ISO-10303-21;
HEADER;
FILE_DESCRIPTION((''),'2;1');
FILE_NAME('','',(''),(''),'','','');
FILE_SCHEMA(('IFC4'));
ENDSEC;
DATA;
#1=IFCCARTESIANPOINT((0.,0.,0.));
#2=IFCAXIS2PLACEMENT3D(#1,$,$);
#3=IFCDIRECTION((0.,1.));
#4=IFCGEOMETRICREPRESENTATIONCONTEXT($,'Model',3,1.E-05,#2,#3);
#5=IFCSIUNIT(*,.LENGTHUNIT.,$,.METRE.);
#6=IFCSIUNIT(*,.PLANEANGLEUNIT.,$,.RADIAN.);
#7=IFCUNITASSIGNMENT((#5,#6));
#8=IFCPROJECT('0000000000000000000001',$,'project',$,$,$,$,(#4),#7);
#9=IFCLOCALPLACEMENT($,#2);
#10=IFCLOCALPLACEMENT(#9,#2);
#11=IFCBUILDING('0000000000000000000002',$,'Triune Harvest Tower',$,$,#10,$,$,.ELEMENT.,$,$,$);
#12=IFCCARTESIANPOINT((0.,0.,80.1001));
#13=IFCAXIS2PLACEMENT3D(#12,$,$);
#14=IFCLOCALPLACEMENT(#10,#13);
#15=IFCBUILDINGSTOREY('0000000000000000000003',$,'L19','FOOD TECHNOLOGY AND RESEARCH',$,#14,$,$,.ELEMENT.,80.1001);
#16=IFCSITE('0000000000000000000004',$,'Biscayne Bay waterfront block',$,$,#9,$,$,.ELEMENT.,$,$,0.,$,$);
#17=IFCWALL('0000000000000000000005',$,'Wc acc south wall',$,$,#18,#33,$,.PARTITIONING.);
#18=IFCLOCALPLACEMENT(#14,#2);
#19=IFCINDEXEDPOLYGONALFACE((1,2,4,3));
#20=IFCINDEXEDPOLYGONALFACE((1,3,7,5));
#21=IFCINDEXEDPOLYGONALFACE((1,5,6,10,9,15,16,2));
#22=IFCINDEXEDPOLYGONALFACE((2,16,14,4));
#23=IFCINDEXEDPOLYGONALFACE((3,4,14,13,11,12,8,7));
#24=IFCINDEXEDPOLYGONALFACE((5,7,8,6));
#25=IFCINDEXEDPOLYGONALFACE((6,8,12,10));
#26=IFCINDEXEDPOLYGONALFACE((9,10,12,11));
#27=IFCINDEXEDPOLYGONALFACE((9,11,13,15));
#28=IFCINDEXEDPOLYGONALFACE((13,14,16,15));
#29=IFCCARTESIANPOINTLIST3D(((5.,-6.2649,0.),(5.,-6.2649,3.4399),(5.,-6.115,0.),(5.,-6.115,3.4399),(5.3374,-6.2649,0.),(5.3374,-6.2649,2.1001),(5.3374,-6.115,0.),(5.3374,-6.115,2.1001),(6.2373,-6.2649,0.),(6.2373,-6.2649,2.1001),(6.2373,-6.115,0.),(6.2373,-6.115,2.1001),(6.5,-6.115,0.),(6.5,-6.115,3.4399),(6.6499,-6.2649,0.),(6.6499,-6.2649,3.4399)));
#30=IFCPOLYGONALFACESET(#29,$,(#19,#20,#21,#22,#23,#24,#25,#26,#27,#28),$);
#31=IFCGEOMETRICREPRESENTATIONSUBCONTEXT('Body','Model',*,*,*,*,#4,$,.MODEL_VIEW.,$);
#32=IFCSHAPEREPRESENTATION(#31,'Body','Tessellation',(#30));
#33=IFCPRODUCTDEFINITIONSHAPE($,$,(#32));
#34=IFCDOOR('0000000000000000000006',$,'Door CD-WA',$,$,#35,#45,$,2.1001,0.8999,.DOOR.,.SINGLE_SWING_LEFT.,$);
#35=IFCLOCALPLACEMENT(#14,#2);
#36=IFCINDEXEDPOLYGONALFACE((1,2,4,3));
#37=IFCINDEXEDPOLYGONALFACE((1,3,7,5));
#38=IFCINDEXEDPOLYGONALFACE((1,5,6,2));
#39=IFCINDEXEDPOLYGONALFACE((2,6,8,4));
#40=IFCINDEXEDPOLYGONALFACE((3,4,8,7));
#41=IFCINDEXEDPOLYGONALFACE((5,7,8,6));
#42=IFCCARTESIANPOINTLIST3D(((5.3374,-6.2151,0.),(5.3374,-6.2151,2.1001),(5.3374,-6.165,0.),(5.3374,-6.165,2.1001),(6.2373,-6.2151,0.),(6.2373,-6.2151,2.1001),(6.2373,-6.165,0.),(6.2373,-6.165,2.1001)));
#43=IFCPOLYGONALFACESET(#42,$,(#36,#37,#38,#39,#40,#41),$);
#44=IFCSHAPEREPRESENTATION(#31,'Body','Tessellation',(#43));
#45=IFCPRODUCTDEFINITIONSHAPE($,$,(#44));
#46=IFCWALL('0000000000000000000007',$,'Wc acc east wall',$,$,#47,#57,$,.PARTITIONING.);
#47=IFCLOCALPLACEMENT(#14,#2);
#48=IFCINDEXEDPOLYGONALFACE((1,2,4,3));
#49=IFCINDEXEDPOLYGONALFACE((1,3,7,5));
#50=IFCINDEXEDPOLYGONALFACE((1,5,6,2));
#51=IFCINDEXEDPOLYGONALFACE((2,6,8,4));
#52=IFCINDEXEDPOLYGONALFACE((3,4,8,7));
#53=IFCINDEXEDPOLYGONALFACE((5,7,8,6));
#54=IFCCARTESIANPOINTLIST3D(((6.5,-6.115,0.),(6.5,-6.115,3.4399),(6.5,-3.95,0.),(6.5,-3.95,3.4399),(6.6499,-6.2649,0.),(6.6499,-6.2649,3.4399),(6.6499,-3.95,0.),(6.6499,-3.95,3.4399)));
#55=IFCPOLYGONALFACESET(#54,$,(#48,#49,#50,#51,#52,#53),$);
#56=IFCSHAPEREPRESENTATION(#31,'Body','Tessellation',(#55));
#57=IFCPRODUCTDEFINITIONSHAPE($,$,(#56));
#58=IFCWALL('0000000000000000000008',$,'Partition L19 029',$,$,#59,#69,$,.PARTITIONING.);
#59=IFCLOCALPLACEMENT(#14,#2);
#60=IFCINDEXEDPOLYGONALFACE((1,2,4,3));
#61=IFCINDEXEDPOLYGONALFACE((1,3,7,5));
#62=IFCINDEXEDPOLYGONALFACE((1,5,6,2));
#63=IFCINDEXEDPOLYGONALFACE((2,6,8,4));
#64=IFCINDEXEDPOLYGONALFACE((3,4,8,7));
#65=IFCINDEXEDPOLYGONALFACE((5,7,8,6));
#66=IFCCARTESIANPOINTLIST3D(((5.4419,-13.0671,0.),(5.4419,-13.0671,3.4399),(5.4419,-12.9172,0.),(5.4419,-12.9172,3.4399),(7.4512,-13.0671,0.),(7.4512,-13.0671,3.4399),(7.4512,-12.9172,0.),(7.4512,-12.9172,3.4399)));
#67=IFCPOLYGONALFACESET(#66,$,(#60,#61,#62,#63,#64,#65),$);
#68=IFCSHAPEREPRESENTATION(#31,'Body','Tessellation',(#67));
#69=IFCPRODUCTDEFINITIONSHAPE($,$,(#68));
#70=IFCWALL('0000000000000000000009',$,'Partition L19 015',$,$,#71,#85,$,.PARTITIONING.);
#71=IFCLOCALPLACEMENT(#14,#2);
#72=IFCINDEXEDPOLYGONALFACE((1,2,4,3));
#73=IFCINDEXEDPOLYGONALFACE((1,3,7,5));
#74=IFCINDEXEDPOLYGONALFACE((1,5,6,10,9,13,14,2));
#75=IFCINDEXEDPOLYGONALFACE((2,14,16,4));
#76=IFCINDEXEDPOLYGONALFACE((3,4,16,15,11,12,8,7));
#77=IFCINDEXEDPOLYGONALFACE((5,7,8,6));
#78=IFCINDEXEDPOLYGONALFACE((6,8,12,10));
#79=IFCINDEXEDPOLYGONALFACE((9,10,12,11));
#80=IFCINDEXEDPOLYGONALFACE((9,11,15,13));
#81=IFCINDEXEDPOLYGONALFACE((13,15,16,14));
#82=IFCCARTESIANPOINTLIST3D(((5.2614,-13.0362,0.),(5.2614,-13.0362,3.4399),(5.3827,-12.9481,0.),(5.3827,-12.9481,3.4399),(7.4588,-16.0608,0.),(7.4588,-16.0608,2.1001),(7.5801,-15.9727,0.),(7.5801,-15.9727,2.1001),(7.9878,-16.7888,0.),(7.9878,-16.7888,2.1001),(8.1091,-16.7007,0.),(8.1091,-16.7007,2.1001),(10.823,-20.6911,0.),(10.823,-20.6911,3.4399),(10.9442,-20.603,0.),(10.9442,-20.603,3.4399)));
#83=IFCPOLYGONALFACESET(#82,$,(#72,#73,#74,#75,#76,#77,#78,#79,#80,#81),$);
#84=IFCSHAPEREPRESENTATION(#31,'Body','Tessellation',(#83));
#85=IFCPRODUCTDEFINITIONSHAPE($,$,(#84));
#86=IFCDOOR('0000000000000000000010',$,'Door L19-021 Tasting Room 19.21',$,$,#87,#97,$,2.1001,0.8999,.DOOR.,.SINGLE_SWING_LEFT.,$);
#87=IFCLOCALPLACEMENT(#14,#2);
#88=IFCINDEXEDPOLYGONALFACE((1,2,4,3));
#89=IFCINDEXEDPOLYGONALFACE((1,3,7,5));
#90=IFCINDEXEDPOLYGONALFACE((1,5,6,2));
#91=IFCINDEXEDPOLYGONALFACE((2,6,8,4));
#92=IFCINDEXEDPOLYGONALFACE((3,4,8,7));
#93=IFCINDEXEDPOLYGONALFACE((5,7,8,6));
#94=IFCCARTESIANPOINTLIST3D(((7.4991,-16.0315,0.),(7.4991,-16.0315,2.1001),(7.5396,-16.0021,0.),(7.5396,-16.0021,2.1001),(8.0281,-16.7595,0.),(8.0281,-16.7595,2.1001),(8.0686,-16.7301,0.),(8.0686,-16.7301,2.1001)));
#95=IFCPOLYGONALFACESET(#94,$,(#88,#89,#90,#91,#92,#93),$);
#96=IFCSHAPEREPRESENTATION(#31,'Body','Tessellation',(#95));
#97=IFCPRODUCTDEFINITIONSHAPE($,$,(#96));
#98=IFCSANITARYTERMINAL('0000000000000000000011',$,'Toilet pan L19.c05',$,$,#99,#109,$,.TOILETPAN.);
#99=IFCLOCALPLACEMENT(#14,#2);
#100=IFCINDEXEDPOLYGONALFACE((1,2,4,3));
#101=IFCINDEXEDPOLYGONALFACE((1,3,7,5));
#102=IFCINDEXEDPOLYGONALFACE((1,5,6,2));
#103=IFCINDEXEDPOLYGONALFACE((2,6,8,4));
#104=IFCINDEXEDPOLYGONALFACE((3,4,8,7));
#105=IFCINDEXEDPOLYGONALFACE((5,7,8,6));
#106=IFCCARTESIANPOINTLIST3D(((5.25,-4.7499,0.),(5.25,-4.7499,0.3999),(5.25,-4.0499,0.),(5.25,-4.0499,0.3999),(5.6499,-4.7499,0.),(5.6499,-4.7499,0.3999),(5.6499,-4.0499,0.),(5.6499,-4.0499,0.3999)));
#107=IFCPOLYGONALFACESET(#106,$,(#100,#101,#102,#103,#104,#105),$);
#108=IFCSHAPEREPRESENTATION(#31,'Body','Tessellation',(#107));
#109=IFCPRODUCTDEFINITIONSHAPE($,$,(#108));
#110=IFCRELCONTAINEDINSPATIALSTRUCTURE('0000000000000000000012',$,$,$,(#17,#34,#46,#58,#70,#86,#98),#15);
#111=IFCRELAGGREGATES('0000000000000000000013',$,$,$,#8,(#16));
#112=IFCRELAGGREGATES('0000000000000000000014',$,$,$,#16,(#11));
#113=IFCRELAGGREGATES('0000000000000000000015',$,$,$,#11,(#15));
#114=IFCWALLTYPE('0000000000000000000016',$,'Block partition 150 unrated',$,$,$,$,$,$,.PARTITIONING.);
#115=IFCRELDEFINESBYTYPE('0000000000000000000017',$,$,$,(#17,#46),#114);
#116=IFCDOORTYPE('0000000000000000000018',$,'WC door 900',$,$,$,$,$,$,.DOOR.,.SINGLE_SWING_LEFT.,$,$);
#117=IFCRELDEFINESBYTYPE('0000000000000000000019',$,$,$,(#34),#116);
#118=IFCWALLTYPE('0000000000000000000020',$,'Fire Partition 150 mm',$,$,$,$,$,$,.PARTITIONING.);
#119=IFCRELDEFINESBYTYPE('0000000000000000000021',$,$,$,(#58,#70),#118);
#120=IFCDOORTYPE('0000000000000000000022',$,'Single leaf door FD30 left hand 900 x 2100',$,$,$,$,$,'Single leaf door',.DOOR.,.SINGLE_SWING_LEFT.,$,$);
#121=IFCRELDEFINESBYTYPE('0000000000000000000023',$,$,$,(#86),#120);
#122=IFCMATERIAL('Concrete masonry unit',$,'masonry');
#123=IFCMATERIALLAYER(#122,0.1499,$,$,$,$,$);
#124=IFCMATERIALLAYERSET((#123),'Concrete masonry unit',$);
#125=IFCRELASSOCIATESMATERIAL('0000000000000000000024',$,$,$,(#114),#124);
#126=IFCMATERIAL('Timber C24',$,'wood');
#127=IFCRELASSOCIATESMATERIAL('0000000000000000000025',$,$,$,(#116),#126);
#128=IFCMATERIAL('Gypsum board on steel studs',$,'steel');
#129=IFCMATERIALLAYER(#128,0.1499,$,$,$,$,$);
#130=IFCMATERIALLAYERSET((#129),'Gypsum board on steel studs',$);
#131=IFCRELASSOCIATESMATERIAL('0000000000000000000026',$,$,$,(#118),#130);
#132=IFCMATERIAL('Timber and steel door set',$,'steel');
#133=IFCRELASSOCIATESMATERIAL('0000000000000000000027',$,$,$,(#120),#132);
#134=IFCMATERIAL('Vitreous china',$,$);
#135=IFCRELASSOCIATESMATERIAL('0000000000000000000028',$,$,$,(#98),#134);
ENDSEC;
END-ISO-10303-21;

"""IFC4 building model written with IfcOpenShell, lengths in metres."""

from ifc_helpers import new_model, si_unit, direction, frame, frame_2d, origin, origin_2d, place, context, subcontext, project, spatial, polyline, rectangle, outline, extrude, source, transform, mapped, material, layer, layer_set, type_object, element, fill, save


model = new_model("IFC4")

# Units and contexts
model_context = context("Model", 3, precision=1e-05, world=origin(), true_north=direction((0.0, 1.0)))
body_context = subcontext(model_context, "Body", "Model", "MODEL_VIEW")
ifc_project = project(units=[si_unit("LENGTHUNIT", "METRE"), si_unit("PLANEANGLEUNIT", "RADIAN")], contexts=[model_context])

# Site, building, storey
site_placement = place(None, origin())
site = spatial("IfcSite", under=ifc_project, at=site_placement, Name="Biscayne Bay waterfront block", CompositionType="ELEMENT", RefElevation=0.0)
building_placement = place(site_placement, origin())
building = spatial("IfcBuilding", under=site, at=building_placement, Name="Triune Harvest Tower", CompositionType="ELEMENT")
storey_placement = place(building_placement, frame((0.0, 0.0, 80.1001)))
storey = spatial("IfcBuildingStorey", under=building, at=storey_placement, Name="L19", Description="FOOD TECHNOLOGY AND RESEARCH", CompositionType="ELEMENT", Elevation=80.1001)

# Wall, opening, door
ifc_material_1 = material(Name="Concrete masonry unit", Category="masonry")
ifc_layer_1 = layer(ifc_material_1, 0.1499)
ifc_layer_set_1 = layer_set([ifc_layer_1], Name="Concrete masonry unit")
wall_type_1 = type_object("IfcWallType", Name="Block partition 150 unrated", PredefinedType="PARTITIONING", material=ifc_layer_set_1)
shared_shape_1 = source(origin(), body_context, "Body", "SweptSolid", [
    extrude(outline(polyline([(0.0, -0.075), (1.6499, -0.075), (1.5, 0.075), (0.0, 0.075), (0.0, -0.075)])), origin(), (0.0, 0.0, 1.0), 3.4399),
])
wall_1_placement = place(storey_placement, frame((5.0, -6.1899, 0.0), z_axis=(0.0, 0.0, 1.0), x_axis=(1.0, 0.0, 0.0)))
wall_1 = element("IfcWall", 1, at=wall_1_placement, inside=storey, type_object=wall_type_1, Name="Wc acc south wall", PredefinedType="PARTITIONING", context=body_context, shape_type="MappedRepresentation", body=[
    mapped(shared_shape_1, transform((0.0, 0.0, 0.0), scale=1.0)),
])
opening_1_placement = place(wall_1_placement, frame((0.3374, 0.0, 0.0)))
opening_1 = element("IfcOpeningElement", 2, at=opening_1_placement, cuts=wall_1, PredefinedType="OPENING", context=body_context, shape_type="SweptSolid", body=[
    extrude(rectangle(XDim=0.8999, YDim=2.1001, at=frame_2d((0.45, 1.05))), frame((0.0, 0.085, 0.0), z_axis=(0.0, -1.0, 0.0), x_axis=(1.0, 0.0, 0.0)), (0.0, 0.0, 1.0), 0.1699),
])
ifc_material_2 = material(Name="Timber C24", Category="wood")
door_type_1 = type_object("IfcDoorType", Name="WC door 900", OperationType="SINGLE_SWING_LEFT", PredefinedType="DOOR", material=ifc_material_2)
door_1_placement = place(opening_1_placement, origin())
door_1 = element("IfcDoor", 3, at=door_1_placement, inside=storey, type_object=door_type_1, Name="Door CD-WA", OperationType="SINGLE_SWING_LEFT", OverallHeight=2.1001, OverallWidth=0.8999, PredefinedType="DOOR", context=body_context, shape_type="SweptSolid", body=[
    extrude(rectangle(XDim=0.8999, YDim=2.1001, at=frame_2d((0.45, 1.05))), frame((0.0, 0.0249, 0.0), z_axis=(0.0, -1.0, 0.0), x_axis=(1.0, 0.0, 0.0)), (0.0, 0.0, 1.0), 0.05),
])
fill(opening_1, door_1)

# Walls
shared_shape_2 = source(origin(), body_context, "Body", "SweptSolid", [
    extrude(outline(polyline([(-0.075, -0.075), (2.24, -0.075), (2.24, 0.075), (0.075, 0.075), (-0.075, -0.075)])), origin(), (0.0, 0.0, 1.0), 3.4399),
])
wall_2_placement = place(storey_placement, frame((6.575, -6.1899, 0.0), z_axis=(0.0, 0.0, 1.0), x_axis=(0.0, 1.0, 0.0)))
element("IfcWall", 4, at=wall_2_placement, inside=storey, type_object=wall_type_1, Name="Wc acc east wall", PredefinedType="PARTITIONING", context=body_context, shape_type="MappedRepresentation", body=[
    mapped(shared_shape_2, transform((0.0, 0.0, 0.0), scale=1.0)),
])
ifc_material_3 = material(Name="Gypsum board on steel studs", Category="steel")
ifc_layer_2 = layer(ifc_material_3, 0.1499)
ifc_layer_set_2 = layer_set([ifc_layer_2], Name="Gypsum board on steel studs")
wall_type_2 = type_object("IfcWallType", Name="Fire Partition 150 mm", PredefinedType="PARTITIONING", material=ifc_layer_set_2)
shared_shape_3 = source(origin(), body_context, "Body", "SweptSolid", [
    extrude(rectangle(XDim=2.0093, YDim=0.1499, at=frame_2d((1.0046, 0.0))), origin(), (0.0, 0.0, 1.0), 3.4399),
])
wall_3_placement = place(storey_placement, frame((5.4419, -12.9922, 0.0), z_axis=(0.0, 0.0, 1.0), x_axis=(1.0, 0.0, 0.0)))
element("IfcWall", 5, at=wall_3_placement, inside=storey, type_object=wall_type_2, Name="Partition L19 029", PredefinedType="PARTITIONING", context=body_context, shape_type="MappedRepresentation", body=[
    mapped(shared_shape_3, transform((0.0, 0.0, 0.0), scale=1.0)),
])

# Wall, opening, door
shared_shape_4 = source(origin(), body_context, "Body", "SweptSolid", [
    extrude(rectangle(XDim=9.4619, YDim=0.1499, at=frame_2d((4.731, 0.0))), origin(), (0.0, 0.0, 1.0), 3.4399),
])
wall_4_placement = place(storey_placement, frame((5.322, -12.9922, 0.0), z_axis=(0.0, 0.0, 1.0), x_axis=(0.587785, -0.809017, 0.0)))
wall_4 = element("IfcWall", 6, at=wall_4_placement, inside=storey, type_object=wall_type_2, Name="Partition L19 015", PredefinedType="PARTITIONING", context=body_context, shape_type="MappedRepresentation", body=[
    mapped(shared_shape_4, transform((0.0, 0.0, 0.0), scale=1.0)),
])
opening_2_placement = place(wall_4_placement, frame((3.7385, 0.0, 0.0)))
opening_2 = element("IfcOpeningElement", 7, at=opening_2_placement, cuts=wall_4, PredefinedType="OPENING", context=body_context, shape_type="SweptSolid", body=[
    extrude(rectangle(XDim=0.8999, YDim=2.1001, at=frame_2d((0.45, 1.05))), frame((0.0, 0.085, 0.0), z_axis=(0.0, -1.0, 0.0), x_axis=(1.0, 0.0, 0.0)), (0.0, 0.0, 1.0), 0.1699),
])
ifc_material_4 = material(Name="Timber and steel door set", Category="steel")
door_type_2 = type_object("IfcDoorType", Name="Single leaf door FD30 left hand 900 x 2100", ElementType="Single leaf door", OperationType="SINGLE_SWING_LEFT", PredefinedType="DOOR", material=ifc_material_4)
door_2_placement = place(opening_2_placement, origin())
door_2 = element("IfcDoor", 8, at=door_2_placement, inside=storey, type_object=door_type_2, Name="Door L19-021 Tasting Room 19.21", OperationType="SINGLE_SWING_LEFT", OverallHeight=2.1001, OverallWidth=0.8999, PredefinedType="DOOR", context=body_context, shape_type="SweptSolid", body=[
    extrude(rectangle(XDim=0.8999, YDim=2.1001, at=frame_2d((0.45, 1.05))), frame((0.0, 0.0249, 0.0), z_axis=(0.0, -1.0, 0.0), x_axis=(1.0, 0.0, 0.0)), (0.0, 0.0, 1.0), 0.05),
])
fill(opening_2, door_2)

# Sanitary terminal
ifc_material_5 = material(Name="Vitreous china")
shared_shape_5 = source(origin(), body_context, "Body", "SweptSolid", [
    extrude(rectangle(XDim=0.3999, YDim=0.7, at=origin_2d()), origin(), (0.0, 0.0, 1.0), 0.3999),
])
sanitary_terminal_placement = place(storey_placement, frame((5.45, -4.3999, 0.0), z_axis=(0.0, 0.0, 1.0), x_axis=(1.0, 0.0, 0.0)))
element("IfcSanitaryTerminal", 9, at=sanitary_terminal_placement, inside=storey, material=ifc_material_5, Name="Toilet pan L19.c05", PredefinedType="TOILETPAN", context=body_context, shape_type="MappedRepresentation", body=[
    mapped(shared_shape_5, transform((0.0, 0.0, 0.0), scale=1.0)),
])

save(model, "model.ifc")
